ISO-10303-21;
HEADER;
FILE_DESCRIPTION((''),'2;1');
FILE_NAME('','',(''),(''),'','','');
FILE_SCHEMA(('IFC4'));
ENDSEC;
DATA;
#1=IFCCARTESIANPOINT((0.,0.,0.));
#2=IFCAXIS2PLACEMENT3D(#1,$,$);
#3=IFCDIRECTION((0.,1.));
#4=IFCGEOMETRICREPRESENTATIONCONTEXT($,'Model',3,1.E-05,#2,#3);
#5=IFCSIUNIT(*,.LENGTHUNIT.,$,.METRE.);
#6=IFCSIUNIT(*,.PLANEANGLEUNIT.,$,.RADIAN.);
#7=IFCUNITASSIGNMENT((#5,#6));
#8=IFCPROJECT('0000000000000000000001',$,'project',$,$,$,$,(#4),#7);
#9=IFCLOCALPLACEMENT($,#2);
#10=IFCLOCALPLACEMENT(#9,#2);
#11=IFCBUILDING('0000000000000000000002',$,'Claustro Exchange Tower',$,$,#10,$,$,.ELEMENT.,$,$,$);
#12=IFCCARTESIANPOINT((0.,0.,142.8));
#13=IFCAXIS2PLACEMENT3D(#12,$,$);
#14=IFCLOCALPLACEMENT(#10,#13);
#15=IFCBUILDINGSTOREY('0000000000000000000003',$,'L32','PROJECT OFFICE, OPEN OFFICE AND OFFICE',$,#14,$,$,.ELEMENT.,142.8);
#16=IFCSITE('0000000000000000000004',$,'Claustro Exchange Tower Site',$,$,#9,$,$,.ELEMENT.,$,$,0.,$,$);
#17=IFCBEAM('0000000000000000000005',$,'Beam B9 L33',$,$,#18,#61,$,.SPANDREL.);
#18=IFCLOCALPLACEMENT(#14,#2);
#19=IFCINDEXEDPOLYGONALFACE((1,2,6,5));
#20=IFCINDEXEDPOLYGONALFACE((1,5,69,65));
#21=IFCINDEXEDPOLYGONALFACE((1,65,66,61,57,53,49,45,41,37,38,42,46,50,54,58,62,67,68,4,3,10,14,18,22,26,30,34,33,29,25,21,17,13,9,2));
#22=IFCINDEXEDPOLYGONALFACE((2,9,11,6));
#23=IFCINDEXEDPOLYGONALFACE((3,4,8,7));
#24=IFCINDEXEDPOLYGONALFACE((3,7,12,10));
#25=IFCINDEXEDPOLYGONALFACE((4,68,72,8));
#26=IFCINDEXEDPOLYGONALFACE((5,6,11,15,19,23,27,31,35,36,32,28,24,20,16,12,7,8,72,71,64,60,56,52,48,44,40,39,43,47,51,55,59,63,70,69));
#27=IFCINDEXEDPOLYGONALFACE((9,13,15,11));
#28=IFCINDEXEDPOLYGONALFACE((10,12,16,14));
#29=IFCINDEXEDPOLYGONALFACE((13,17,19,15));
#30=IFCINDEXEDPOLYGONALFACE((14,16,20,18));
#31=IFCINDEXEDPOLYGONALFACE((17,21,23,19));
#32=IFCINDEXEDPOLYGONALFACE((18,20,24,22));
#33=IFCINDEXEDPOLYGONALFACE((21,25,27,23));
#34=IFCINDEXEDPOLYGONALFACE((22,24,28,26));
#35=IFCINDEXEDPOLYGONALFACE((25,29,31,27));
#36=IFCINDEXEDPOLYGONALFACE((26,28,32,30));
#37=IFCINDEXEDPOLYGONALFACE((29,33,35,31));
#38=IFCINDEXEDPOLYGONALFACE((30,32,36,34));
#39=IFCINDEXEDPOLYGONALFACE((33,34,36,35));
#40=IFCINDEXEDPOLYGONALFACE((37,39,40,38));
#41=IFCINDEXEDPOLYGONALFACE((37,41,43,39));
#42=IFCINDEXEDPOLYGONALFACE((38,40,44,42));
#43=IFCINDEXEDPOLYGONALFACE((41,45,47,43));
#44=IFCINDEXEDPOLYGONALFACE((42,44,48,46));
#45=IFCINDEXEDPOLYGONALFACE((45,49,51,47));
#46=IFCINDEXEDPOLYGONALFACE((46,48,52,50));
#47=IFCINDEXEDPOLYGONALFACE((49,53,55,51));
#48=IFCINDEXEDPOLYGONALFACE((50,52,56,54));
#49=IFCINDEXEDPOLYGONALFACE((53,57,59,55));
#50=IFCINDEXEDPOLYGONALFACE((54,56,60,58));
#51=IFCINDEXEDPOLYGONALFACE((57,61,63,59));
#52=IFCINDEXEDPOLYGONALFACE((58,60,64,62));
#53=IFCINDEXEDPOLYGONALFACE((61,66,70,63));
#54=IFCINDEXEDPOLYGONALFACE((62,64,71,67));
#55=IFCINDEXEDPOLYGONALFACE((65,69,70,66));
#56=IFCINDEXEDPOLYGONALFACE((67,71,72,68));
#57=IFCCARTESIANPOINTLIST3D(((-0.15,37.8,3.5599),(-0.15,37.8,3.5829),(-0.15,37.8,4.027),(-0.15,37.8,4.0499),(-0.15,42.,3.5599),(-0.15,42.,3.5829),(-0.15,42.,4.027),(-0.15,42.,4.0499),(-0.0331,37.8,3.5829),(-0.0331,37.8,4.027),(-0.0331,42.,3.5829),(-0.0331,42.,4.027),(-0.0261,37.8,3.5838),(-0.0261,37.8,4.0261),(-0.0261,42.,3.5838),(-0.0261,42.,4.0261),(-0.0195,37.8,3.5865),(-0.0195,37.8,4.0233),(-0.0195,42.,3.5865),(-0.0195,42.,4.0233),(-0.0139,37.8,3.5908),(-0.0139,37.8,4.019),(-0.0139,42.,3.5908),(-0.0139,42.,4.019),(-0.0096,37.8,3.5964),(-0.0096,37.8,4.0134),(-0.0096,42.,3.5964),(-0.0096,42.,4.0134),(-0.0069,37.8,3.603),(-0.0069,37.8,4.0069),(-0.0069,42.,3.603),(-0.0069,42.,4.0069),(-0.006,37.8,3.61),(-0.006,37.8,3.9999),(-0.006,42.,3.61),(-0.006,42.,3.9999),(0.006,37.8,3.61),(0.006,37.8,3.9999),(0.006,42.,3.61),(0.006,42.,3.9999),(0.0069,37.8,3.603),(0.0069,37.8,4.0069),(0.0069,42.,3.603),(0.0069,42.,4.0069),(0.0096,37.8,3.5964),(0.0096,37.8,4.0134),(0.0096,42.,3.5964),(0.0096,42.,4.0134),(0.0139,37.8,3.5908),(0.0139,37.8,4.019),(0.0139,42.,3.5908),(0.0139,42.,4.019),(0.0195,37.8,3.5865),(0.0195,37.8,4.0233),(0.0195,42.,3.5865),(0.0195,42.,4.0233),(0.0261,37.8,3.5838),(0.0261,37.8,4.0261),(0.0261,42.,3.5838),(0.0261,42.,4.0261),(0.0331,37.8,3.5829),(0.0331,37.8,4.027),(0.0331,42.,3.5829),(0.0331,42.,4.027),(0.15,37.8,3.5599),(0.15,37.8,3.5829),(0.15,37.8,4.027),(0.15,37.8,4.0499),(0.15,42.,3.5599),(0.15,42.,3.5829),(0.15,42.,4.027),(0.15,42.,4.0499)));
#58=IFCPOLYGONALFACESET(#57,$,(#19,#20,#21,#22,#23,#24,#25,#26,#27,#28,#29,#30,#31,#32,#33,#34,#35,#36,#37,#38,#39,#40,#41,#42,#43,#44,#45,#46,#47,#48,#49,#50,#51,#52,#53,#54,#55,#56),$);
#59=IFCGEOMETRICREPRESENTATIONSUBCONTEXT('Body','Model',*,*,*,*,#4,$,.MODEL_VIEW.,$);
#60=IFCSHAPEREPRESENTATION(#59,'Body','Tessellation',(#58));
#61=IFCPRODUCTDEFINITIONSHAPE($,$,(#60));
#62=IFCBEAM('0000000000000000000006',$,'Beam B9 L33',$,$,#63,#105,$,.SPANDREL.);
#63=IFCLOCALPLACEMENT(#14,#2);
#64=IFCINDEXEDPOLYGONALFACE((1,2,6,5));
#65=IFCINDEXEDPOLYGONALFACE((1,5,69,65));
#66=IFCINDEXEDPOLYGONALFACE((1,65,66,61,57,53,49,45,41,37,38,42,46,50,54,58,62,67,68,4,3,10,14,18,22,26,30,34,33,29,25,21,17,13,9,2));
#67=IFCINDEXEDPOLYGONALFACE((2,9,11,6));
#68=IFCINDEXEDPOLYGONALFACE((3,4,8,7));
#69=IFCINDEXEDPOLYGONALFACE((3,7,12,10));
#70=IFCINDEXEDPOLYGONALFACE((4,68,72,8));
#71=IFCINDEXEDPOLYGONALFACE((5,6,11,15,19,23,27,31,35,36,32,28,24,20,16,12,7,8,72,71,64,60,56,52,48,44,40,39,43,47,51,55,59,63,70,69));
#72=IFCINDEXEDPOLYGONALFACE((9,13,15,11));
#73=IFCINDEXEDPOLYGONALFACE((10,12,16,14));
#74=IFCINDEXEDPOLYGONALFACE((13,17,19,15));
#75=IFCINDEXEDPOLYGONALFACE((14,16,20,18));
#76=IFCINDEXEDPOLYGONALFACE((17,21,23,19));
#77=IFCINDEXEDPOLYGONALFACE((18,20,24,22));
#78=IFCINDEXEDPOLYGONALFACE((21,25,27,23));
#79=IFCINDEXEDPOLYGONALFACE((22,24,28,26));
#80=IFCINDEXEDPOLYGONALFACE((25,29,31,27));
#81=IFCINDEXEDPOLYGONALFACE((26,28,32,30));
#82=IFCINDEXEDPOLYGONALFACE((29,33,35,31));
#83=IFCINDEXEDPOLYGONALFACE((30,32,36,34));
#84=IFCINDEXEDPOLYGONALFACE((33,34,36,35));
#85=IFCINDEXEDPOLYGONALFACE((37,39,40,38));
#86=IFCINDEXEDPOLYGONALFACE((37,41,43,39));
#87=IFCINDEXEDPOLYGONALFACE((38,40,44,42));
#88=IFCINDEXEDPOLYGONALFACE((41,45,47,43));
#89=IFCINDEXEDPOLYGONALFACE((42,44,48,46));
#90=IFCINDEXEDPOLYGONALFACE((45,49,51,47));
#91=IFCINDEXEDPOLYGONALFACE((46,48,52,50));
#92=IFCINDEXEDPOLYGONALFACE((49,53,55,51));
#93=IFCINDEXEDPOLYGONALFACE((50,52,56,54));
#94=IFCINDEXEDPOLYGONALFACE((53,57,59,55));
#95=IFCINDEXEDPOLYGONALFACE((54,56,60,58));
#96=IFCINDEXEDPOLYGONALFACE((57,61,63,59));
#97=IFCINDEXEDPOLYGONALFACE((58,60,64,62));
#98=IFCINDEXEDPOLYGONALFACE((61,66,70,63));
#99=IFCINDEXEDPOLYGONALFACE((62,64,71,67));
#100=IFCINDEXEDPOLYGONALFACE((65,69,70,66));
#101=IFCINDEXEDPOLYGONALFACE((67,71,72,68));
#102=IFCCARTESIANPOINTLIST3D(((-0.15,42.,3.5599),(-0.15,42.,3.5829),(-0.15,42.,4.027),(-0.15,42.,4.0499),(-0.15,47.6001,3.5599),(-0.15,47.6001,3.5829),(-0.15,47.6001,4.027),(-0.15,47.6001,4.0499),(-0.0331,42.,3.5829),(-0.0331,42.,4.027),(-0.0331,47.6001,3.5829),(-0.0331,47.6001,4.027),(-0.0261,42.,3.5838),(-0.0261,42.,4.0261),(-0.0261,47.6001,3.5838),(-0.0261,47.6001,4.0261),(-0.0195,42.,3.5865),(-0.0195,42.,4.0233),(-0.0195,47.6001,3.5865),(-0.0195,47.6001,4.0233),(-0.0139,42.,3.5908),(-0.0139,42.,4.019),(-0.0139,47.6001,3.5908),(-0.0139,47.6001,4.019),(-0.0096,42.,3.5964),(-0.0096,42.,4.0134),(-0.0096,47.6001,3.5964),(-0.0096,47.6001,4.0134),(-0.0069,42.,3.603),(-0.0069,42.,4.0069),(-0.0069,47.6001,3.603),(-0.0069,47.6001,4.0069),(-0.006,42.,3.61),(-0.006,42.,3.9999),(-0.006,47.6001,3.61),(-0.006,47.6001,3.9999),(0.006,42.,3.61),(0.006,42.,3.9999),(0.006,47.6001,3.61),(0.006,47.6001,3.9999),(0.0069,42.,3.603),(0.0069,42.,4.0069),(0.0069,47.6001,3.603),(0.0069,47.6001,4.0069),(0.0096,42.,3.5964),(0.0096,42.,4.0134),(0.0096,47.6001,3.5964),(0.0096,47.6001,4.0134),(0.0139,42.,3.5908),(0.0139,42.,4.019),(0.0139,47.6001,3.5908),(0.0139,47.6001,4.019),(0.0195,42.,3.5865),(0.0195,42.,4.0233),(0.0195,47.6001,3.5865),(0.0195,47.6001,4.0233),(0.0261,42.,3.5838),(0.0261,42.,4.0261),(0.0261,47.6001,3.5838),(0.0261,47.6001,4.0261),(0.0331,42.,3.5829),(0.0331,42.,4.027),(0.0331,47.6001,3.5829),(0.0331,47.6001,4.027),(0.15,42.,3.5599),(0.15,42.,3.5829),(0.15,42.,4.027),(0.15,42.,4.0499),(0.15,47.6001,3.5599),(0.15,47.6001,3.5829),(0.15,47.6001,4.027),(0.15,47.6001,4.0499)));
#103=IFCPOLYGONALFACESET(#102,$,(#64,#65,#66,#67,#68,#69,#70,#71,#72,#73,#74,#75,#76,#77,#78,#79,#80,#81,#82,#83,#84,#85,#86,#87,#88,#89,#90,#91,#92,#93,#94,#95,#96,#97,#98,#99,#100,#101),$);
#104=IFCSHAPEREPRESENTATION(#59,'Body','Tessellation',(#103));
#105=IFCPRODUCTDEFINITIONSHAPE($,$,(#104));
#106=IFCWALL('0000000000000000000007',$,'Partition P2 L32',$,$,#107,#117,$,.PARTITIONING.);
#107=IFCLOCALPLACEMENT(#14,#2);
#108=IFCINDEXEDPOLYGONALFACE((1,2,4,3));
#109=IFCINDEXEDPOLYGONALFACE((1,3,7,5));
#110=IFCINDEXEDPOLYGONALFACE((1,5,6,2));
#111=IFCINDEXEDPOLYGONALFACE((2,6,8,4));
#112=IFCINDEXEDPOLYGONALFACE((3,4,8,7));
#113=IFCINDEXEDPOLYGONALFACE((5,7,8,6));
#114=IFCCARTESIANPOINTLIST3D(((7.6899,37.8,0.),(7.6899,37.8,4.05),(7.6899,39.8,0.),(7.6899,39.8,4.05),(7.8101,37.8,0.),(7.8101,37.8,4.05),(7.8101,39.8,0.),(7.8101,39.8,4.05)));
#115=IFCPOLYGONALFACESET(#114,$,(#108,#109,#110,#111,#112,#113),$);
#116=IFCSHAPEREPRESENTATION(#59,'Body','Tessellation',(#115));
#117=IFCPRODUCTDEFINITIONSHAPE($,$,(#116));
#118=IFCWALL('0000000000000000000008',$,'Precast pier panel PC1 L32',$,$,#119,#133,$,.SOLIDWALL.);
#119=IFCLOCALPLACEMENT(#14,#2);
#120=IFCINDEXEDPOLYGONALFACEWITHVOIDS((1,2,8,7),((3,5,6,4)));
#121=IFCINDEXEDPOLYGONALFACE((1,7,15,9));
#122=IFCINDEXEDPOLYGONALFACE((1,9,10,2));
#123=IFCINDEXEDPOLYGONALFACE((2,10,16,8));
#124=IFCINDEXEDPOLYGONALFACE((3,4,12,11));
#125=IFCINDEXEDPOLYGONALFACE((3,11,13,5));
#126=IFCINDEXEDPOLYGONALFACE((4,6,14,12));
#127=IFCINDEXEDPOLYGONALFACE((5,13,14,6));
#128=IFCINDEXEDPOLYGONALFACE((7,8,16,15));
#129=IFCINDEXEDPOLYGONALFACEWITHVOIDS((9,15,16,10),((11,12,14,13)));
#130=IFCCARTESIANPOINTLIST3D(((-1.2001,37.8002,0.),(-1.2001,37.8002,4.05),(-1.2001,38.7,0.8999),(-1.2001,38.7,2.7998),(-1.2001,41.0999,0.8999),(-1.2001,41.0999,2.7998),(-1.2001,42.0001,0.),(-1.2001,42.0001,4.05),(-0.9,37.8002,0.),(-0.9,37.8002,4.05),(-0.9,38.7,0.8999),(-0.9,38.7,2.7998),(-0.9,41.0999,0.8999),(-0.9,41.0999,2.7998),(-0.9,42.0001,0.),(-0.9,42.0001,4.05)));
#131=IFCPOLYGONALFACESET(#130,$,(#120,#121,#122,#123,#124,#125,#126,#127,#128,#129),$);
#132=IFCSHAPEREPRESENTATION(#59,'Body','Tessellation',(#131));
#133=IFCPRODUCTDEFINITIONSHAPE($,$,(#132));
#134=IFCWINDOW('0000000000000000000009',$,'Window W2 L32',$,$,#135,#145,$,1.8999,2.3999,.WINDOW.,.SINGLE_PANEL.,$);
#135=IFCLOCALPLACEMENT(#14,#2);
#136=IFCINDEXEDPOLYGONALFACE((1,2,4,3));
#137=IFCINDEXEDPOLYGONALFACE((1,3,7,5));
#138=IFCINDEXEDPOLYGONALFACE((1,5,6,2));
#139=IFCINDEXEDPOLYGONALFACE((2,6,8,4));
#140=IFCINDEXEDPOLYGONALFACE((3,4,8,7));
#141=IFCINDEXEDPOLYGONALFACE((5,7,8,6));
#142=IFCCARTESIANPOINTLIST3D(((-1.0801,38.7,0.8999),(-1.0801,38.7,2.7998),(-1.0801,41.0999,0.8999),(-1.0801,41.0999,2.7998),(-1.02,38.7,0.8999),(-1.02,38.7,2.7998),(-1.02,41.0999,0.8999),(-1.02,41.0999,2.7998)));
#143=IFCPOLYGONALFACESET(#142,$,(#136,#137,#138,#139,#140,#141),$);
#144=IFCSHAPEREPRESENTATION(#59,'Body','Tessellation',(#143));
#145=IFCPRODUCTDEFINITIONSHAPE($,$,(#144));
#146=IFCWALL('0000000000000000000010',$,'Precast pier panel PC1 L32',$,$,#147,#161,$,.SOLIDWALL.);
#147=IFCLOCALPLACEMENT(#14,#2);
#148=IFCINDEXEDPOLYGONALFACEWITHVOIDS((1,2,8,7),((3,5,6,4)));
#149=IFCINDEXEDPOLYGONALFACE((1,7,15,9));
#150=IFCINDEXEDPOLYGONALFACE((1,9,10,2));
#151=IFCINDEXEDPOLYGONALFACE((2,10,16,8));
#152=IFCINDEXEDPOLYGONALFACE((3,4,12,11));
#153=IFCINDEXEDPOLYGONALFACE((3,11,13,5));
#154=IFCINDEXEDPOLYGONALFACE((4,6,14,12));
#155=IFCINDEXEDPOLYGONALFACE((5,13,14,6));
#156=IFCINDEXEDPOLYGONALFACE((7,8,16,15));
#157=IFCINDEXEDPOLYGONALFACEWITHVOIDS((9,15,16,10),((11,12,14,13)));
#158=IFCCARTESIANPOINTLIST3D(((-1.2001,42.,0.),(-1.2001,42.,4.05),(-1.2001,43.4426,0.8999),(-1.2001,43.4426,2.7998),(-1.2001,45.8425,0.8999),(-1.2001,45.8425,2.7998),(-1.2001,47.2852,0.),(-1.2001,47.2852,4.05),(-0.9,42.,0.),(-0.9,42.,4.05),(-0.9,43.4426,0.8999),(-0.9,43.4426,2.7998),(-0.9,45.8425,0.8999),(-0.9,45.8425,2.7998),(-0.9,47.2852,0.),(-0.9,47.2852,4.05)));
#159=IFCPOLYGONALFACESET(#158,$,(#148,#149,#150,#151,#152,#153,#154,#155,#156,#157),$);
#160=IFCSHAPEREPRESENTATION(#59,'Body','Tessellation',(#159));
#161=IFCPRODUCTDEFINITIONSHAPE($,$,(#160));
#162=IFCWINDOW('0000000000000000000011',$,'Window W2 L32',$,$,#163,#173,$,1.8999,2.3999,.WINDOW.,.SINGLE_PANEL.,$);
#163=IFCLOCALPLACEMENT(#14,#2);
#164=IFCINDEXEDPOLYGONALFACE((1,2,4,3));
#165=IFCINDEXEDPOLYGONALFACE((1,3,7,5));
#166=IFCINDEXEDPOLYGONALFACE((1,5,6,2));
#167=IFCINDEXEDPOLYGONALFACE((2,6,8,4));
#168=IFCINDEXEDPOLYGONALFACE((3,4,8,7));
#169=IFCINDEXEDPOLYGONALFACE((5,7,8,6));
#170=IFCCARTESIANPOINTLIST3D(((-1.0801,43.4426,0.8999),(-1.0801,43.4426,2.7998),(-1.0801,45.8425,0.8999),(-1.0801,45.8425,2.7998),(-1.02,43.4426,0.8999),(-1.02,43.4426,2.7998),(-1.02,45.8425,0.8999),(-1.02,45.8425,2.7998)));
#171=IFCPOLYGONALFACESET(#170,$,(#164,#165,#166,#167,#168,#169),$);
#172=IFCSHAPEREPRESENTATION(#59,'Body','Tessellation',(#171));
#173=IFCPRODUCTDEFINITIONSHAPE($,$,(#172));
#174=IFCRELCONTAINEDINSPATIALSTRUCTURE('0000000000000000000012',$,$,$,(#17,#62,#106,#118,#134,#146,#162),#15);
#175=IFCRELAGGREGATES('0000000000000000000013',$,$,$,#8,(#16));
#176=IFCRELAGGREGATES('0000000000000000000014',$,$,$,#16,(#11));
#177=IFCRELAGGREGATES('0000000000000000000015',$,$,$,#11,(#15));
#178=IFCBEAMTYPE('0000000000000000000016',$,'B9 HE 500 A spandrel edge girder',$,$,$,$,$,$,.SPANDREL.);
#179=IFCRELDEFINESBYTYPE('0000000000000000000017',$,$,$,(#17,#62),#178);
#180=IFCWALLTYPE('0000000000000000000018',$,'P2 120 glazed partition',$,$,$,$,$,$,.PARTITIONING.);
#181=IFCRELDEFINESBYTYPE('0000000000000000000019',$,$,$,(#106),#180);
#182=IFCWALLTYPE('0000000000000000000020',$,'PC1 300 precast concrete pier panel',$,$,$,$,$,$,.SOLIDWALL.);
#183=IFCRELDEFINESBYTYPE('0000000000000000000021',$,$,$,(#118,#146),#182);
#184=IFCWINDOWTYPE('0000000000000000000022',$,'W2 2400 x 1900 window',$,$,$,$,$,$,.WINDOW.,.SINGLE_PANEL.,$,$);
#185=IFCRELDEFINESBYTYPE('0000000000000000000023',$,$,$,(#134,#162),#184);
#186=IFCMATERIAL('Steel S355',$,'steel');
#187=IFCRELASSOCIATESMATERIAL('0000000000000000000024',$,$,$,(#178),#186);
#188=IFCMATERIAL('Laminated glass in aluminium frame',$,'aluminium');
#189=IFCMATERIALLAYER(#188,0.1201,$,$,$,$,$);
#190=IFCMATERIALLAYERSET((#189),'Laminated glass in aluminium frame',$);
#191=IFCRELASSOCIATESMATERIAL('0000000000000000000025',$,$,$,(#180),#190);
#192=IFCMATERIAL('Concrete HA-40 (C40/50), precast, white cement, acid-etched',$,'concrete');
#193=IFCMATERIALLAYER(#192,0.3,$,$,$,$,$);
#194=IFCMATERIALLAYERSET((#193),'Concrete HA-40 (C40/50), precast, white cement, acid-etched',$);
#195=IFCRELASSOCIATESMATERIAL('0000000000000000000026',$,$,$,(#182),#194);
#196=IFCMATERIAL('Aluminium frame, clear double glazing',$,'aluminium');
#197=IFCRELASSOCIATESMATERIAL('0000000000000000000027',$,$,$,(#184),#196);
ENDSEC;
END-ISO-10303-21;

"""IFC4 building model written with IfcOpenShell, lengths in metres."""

from ifc_helpers import new_model, si_unit, direction, frame, frame_2d, origin, origin_2d, place, context, subcontext, project, spatial, rectangle, i_section, extrude, material, layer, layer_set, material_profile, profile_set, type_object, element, fill, save


model = new_model("IFC4")

# Units and contexts
model_context = context("Model", 3, precision=1e-05, world=origin(), true_north=direction((0.0, 1.0)))
body_context = subcontext(model_context, "Body", "Model", "MODEL_VIEW")
ifc_project = project(units=[si_unit("LENGTHUNIT", "METRE"), si_unit("PLANEANGLEUNIT", "RADIAN")], contexts=[model_context])

# Site, building, storey
site_placement = place(None, origin())
site = spatial("IfcSite", under=ifc_project, at=site_placement, Name="Claustro Exchange Tower Site", CompositionType="ELEMENT", RefElevation=0.0)
building_placement = place(site_placement, origin())
building = spatial("IfcBuilding", under=site, at=building_placement, Name="Claustro Exchange Tower", CompositionType="ELEMENT")
storey_placement = place(building_placement, frame((0.0, 0.0, 142.8)))
storey = spatial("IfcBuildingStorey", under=building, at=storey_placement, Name="L32", Description="PROJECT OFFICE, OPEN OFFICE AND OFFICE", CompositionType="ELEMENT", Elevation=142.8)

# Beams
ifc_material_1 = material(Name="Steel S355", Category="steel")
ifc_material_profile_1 = material_profile(ifc_material_1, i_section(OverallWidth=0.3, OverallDepth=0.49, WebThickness=0.012, FlangeThickness=0.0229, FilletRadius=0.0271, at=origin_2d()), Name="HE 500 A")
ifc_profile_set_1 = profile_set([ifc_material_profile_1], Name="Steel S355")
beam_type_1 = type_object("IfcBeamType", Name="B9 HE 500 A spandrel edge girder", PredefinedType="SPANDREL", material=ifc_profile_set_1)
beam_1_placement = place(storey_placement, frame((0.0, 37.8, 3.8049), z_axis=(0.0, 1.0, 0.0), x_axis=(-1.0, 0.0, 0.0)))
element("IfcBeam", 1, at=beam_1_placement, inside=storey, type_object=beam_type_1, Name="Beam B9 L33", PredefinedType="SPANDREL", context=body_context, shape_type="SweptSolid", body=[
    extrude(i_section(OverallWidth=0.3, OverallDepth=0.49, WebThickness=0.012, FlangeThickness=0.0229, FilletRadius=0.0271, at=origin_2d()), origin(), (0.0, 0.0, 1.0), 4.2),
])
beam_2_placement = place(storey_placement, frame((0.0, 42.0, 3.8049), z_axis=(0.0, 1.0, 0.0), x_axis=(-1.0, 0.0, 0.0)))
element("IfcBeam", 2, at=beam_2_placement, inside=storey, type_object=beam_type_1, Name="Beam B9 L33", PredefinedType="SPANDREL", context=body_context, shape_type="SweptSolid", body=[
    extrude(i_section(OverallWidth=0.3, OverallDepth=0.49, WebThickness=0.012, FlangeThickness=0.0229, FilletRadius=0.0271, at=origin_2d()), origin(), (0.0, 0.0, 1.0), 5.6001),
])

# Wall
ifc_material_2 = material(Name="Laminated glass in aluminium frame", Category="aluminium")
ifc_layer_1 = layer(ifc_material_2, 0.1201)
ifc_layer_set_1 = layer_set([ifc_layer_1], Name="Laminated glass in aluminium frame")
wall_type_1 = type_object("IfcWallType", Name="P2 120 glazed partition", PredefinedType="PARTITIONING", material=ifc_layer_set_1)
wall_1_placement = place(storey_placement, frame((7.75, 37.8, 0.0), z_axis=(0.0, 0.0, 1.0), x_axis=(0.0, 1.0, 0.0)))
element("IfcWall", 3, at=wall_1_placement, inside=storey, type_object=wall_type_1, Name="Partition P2 L32", PredefinedType="PARTITIONING", context=body_context, shape_type="SweptSolid", body=[
    extrude(rectangle(XDim=2.0, YDim=0.1201, at=frame_2d((1.0, 0.0))), origin(), (0.0, 0.0, 1.0), 4.05),
])

# Walls, openings, windows
ifc_material_3 = material(Name="Concrete HA-40 (C40/50), precast, white cement, acid-etched", Category="concrete")
ifc_layer_2 = layer(ifc_material_3, 0.3)
ifc_layer_set_2 = layer_set([ifc_layer_2], Name="Concrete HA-40 (C40/50), precast, white cement, acid-etched")
wall_type_2 = type_object("IfcWallType", Name="PC1 300 precast concrete pier panel", PredefinedType="SOLIDWALL", material=ifc_layer_set_2)
wall_2_placement = place(storey_placement, frame((-1.05, 37.8, 0.0), z_axis=(0.0, 0.0, 1.0), x_axis=(0.0, 1.0, 0.0)))
wall_2 = element("IfcWall", 4, at=wall_2_placement, inside=storey, type_object=wall_type_2, Name="Precast pier panel PC1 L32", PredefinedType="SOLIDWALL", context=body_context, shape_type="SweptSolid", body=[
    extrude(rectangle(XDim=4.2, YDim=0.3, at=frame_2d((2.1001, 0.0))), origin(), (0.0, 0.0, 1.0), 4.05),
])
opening_1_placement = place(wall_2_placement, frame((0.8999, 0.0, 0.8999)))
opening_1 = element("IfcOpeningElement", 5, at=opening_1_placement, cuts=wall_2, PredefinedType="OPENING", context=body_context, shape_type="SweptSolid", body=[
    extrude(rectangle(XDim=2.3999, YDim=1.8999, at=frame_2d((1.2, 0.95))), frame((0.0, 0.1599, 0.0), z_axis=(0.0, -1.0, 0.0), x_axis=(1.0, 0.0, 0.0)), (0.0, 0.0, 1.0), 0.3201),
])
ifc_material_4 = material(Name="Aluminium frame, clear double glazing", Category="aluminium")
window_type = type_object("IfcWindowType", Name="W2 2400 x 1900 window", PartitioningType="SINGLE_PANEL", PredefinedType="WINDOW", material=ifc_material_4)
window_1_placement = place(opening_1_placement, origin())
window_1 = element("IfcWindow", 6, at=window_1_placement, inside=storey, type_object=window_type, Name="Window W2 L32", OverallHeight=1.8999, OverallWidth=2.3999, PartitioningType="SINGLE_PANEL", PredefinedType="WINDOW", context=body_context, shape_type="SweptSolid", body=[
    extrude(rectangle(XDim=2.3999, YDim=1.8999, at=frame_2d((1.2, 0.95))), frame((0.0, 0.03, 0.0), z_axis=(0.0, -1.0, 0.0), x_axis=(1.0, 0.0, 0.0)), (0.0, 0.0, 1.0), 0.0601),
])
fill(opening_1, window_1)
wall_3_placement = place(storey_placement, frame((-1.05, 42.0, 0.0), z_axis=(0.0, 0.0, 1.0), x_axis=(0.0, 1.0, 0.0)))
wall_3 = element("IfcWall", 7, at=wall_3_placement, inside=storey, type_object=wall_type_2, Name="Precast pier panel PC1 L32", PredefinedType="SOLIDWALL", context=body_context, shape_type="SweptSolid", body=[
    extrude(rectangle(XDim=5.2852, YDim=0.3, at=frame_2d((2.6426, 0.0))), origin(), (0.0, 0.0, 1.0), 4.05),
])
opening_2_placement = place(wall_3_placement, frame((1.4426, 0.0, 0.8999)))
opening_2 = element("IfcOpeningElement", 8, at=opening_2_placement, cuts=wall_3, PredefinedType="OPENING", context=body_context, shape_type="SweptSolid", body=[
    extrude(rectangle(XDim=2.3999, YDim=1.8999, at=frame_2d((1.2, 0.95))), frame((0.0, 0.1599, 0.0), z_axis=(0.0, -1.0, 0.0), x_axis=(1.0, 0.0, 0.0)), (0.0, 0.0, 1.0), 0.3201),
])
window_2_placement = place(opening_2_placement, origin())
window_2 = element("IfcWindow", 9, at=window_2_placement, inside=storey, type_object=window_type, Name="Window W2 L32", OverallHeight=1.8999, OverallWidth=2.3999, PartitioningType="SINGLE_PANEL", PredefinedType="WINDOW", context=body_context, shape_type="SweptSolid", body=[
    extrude(rectangle(XDim=2.3999, YDim=1.8999, at=frame_2d((1.2, 0.95))), frame((0.0, 0.03, 0.0), z_axis=(0.0, -1.0, 0.0), x_axis=(1.0, 0.0, 0.0)), (0.0, 0.0, 1.0), 0.0601),
])
fill(opening_2, window_2)

save(model, "model.ifc")
